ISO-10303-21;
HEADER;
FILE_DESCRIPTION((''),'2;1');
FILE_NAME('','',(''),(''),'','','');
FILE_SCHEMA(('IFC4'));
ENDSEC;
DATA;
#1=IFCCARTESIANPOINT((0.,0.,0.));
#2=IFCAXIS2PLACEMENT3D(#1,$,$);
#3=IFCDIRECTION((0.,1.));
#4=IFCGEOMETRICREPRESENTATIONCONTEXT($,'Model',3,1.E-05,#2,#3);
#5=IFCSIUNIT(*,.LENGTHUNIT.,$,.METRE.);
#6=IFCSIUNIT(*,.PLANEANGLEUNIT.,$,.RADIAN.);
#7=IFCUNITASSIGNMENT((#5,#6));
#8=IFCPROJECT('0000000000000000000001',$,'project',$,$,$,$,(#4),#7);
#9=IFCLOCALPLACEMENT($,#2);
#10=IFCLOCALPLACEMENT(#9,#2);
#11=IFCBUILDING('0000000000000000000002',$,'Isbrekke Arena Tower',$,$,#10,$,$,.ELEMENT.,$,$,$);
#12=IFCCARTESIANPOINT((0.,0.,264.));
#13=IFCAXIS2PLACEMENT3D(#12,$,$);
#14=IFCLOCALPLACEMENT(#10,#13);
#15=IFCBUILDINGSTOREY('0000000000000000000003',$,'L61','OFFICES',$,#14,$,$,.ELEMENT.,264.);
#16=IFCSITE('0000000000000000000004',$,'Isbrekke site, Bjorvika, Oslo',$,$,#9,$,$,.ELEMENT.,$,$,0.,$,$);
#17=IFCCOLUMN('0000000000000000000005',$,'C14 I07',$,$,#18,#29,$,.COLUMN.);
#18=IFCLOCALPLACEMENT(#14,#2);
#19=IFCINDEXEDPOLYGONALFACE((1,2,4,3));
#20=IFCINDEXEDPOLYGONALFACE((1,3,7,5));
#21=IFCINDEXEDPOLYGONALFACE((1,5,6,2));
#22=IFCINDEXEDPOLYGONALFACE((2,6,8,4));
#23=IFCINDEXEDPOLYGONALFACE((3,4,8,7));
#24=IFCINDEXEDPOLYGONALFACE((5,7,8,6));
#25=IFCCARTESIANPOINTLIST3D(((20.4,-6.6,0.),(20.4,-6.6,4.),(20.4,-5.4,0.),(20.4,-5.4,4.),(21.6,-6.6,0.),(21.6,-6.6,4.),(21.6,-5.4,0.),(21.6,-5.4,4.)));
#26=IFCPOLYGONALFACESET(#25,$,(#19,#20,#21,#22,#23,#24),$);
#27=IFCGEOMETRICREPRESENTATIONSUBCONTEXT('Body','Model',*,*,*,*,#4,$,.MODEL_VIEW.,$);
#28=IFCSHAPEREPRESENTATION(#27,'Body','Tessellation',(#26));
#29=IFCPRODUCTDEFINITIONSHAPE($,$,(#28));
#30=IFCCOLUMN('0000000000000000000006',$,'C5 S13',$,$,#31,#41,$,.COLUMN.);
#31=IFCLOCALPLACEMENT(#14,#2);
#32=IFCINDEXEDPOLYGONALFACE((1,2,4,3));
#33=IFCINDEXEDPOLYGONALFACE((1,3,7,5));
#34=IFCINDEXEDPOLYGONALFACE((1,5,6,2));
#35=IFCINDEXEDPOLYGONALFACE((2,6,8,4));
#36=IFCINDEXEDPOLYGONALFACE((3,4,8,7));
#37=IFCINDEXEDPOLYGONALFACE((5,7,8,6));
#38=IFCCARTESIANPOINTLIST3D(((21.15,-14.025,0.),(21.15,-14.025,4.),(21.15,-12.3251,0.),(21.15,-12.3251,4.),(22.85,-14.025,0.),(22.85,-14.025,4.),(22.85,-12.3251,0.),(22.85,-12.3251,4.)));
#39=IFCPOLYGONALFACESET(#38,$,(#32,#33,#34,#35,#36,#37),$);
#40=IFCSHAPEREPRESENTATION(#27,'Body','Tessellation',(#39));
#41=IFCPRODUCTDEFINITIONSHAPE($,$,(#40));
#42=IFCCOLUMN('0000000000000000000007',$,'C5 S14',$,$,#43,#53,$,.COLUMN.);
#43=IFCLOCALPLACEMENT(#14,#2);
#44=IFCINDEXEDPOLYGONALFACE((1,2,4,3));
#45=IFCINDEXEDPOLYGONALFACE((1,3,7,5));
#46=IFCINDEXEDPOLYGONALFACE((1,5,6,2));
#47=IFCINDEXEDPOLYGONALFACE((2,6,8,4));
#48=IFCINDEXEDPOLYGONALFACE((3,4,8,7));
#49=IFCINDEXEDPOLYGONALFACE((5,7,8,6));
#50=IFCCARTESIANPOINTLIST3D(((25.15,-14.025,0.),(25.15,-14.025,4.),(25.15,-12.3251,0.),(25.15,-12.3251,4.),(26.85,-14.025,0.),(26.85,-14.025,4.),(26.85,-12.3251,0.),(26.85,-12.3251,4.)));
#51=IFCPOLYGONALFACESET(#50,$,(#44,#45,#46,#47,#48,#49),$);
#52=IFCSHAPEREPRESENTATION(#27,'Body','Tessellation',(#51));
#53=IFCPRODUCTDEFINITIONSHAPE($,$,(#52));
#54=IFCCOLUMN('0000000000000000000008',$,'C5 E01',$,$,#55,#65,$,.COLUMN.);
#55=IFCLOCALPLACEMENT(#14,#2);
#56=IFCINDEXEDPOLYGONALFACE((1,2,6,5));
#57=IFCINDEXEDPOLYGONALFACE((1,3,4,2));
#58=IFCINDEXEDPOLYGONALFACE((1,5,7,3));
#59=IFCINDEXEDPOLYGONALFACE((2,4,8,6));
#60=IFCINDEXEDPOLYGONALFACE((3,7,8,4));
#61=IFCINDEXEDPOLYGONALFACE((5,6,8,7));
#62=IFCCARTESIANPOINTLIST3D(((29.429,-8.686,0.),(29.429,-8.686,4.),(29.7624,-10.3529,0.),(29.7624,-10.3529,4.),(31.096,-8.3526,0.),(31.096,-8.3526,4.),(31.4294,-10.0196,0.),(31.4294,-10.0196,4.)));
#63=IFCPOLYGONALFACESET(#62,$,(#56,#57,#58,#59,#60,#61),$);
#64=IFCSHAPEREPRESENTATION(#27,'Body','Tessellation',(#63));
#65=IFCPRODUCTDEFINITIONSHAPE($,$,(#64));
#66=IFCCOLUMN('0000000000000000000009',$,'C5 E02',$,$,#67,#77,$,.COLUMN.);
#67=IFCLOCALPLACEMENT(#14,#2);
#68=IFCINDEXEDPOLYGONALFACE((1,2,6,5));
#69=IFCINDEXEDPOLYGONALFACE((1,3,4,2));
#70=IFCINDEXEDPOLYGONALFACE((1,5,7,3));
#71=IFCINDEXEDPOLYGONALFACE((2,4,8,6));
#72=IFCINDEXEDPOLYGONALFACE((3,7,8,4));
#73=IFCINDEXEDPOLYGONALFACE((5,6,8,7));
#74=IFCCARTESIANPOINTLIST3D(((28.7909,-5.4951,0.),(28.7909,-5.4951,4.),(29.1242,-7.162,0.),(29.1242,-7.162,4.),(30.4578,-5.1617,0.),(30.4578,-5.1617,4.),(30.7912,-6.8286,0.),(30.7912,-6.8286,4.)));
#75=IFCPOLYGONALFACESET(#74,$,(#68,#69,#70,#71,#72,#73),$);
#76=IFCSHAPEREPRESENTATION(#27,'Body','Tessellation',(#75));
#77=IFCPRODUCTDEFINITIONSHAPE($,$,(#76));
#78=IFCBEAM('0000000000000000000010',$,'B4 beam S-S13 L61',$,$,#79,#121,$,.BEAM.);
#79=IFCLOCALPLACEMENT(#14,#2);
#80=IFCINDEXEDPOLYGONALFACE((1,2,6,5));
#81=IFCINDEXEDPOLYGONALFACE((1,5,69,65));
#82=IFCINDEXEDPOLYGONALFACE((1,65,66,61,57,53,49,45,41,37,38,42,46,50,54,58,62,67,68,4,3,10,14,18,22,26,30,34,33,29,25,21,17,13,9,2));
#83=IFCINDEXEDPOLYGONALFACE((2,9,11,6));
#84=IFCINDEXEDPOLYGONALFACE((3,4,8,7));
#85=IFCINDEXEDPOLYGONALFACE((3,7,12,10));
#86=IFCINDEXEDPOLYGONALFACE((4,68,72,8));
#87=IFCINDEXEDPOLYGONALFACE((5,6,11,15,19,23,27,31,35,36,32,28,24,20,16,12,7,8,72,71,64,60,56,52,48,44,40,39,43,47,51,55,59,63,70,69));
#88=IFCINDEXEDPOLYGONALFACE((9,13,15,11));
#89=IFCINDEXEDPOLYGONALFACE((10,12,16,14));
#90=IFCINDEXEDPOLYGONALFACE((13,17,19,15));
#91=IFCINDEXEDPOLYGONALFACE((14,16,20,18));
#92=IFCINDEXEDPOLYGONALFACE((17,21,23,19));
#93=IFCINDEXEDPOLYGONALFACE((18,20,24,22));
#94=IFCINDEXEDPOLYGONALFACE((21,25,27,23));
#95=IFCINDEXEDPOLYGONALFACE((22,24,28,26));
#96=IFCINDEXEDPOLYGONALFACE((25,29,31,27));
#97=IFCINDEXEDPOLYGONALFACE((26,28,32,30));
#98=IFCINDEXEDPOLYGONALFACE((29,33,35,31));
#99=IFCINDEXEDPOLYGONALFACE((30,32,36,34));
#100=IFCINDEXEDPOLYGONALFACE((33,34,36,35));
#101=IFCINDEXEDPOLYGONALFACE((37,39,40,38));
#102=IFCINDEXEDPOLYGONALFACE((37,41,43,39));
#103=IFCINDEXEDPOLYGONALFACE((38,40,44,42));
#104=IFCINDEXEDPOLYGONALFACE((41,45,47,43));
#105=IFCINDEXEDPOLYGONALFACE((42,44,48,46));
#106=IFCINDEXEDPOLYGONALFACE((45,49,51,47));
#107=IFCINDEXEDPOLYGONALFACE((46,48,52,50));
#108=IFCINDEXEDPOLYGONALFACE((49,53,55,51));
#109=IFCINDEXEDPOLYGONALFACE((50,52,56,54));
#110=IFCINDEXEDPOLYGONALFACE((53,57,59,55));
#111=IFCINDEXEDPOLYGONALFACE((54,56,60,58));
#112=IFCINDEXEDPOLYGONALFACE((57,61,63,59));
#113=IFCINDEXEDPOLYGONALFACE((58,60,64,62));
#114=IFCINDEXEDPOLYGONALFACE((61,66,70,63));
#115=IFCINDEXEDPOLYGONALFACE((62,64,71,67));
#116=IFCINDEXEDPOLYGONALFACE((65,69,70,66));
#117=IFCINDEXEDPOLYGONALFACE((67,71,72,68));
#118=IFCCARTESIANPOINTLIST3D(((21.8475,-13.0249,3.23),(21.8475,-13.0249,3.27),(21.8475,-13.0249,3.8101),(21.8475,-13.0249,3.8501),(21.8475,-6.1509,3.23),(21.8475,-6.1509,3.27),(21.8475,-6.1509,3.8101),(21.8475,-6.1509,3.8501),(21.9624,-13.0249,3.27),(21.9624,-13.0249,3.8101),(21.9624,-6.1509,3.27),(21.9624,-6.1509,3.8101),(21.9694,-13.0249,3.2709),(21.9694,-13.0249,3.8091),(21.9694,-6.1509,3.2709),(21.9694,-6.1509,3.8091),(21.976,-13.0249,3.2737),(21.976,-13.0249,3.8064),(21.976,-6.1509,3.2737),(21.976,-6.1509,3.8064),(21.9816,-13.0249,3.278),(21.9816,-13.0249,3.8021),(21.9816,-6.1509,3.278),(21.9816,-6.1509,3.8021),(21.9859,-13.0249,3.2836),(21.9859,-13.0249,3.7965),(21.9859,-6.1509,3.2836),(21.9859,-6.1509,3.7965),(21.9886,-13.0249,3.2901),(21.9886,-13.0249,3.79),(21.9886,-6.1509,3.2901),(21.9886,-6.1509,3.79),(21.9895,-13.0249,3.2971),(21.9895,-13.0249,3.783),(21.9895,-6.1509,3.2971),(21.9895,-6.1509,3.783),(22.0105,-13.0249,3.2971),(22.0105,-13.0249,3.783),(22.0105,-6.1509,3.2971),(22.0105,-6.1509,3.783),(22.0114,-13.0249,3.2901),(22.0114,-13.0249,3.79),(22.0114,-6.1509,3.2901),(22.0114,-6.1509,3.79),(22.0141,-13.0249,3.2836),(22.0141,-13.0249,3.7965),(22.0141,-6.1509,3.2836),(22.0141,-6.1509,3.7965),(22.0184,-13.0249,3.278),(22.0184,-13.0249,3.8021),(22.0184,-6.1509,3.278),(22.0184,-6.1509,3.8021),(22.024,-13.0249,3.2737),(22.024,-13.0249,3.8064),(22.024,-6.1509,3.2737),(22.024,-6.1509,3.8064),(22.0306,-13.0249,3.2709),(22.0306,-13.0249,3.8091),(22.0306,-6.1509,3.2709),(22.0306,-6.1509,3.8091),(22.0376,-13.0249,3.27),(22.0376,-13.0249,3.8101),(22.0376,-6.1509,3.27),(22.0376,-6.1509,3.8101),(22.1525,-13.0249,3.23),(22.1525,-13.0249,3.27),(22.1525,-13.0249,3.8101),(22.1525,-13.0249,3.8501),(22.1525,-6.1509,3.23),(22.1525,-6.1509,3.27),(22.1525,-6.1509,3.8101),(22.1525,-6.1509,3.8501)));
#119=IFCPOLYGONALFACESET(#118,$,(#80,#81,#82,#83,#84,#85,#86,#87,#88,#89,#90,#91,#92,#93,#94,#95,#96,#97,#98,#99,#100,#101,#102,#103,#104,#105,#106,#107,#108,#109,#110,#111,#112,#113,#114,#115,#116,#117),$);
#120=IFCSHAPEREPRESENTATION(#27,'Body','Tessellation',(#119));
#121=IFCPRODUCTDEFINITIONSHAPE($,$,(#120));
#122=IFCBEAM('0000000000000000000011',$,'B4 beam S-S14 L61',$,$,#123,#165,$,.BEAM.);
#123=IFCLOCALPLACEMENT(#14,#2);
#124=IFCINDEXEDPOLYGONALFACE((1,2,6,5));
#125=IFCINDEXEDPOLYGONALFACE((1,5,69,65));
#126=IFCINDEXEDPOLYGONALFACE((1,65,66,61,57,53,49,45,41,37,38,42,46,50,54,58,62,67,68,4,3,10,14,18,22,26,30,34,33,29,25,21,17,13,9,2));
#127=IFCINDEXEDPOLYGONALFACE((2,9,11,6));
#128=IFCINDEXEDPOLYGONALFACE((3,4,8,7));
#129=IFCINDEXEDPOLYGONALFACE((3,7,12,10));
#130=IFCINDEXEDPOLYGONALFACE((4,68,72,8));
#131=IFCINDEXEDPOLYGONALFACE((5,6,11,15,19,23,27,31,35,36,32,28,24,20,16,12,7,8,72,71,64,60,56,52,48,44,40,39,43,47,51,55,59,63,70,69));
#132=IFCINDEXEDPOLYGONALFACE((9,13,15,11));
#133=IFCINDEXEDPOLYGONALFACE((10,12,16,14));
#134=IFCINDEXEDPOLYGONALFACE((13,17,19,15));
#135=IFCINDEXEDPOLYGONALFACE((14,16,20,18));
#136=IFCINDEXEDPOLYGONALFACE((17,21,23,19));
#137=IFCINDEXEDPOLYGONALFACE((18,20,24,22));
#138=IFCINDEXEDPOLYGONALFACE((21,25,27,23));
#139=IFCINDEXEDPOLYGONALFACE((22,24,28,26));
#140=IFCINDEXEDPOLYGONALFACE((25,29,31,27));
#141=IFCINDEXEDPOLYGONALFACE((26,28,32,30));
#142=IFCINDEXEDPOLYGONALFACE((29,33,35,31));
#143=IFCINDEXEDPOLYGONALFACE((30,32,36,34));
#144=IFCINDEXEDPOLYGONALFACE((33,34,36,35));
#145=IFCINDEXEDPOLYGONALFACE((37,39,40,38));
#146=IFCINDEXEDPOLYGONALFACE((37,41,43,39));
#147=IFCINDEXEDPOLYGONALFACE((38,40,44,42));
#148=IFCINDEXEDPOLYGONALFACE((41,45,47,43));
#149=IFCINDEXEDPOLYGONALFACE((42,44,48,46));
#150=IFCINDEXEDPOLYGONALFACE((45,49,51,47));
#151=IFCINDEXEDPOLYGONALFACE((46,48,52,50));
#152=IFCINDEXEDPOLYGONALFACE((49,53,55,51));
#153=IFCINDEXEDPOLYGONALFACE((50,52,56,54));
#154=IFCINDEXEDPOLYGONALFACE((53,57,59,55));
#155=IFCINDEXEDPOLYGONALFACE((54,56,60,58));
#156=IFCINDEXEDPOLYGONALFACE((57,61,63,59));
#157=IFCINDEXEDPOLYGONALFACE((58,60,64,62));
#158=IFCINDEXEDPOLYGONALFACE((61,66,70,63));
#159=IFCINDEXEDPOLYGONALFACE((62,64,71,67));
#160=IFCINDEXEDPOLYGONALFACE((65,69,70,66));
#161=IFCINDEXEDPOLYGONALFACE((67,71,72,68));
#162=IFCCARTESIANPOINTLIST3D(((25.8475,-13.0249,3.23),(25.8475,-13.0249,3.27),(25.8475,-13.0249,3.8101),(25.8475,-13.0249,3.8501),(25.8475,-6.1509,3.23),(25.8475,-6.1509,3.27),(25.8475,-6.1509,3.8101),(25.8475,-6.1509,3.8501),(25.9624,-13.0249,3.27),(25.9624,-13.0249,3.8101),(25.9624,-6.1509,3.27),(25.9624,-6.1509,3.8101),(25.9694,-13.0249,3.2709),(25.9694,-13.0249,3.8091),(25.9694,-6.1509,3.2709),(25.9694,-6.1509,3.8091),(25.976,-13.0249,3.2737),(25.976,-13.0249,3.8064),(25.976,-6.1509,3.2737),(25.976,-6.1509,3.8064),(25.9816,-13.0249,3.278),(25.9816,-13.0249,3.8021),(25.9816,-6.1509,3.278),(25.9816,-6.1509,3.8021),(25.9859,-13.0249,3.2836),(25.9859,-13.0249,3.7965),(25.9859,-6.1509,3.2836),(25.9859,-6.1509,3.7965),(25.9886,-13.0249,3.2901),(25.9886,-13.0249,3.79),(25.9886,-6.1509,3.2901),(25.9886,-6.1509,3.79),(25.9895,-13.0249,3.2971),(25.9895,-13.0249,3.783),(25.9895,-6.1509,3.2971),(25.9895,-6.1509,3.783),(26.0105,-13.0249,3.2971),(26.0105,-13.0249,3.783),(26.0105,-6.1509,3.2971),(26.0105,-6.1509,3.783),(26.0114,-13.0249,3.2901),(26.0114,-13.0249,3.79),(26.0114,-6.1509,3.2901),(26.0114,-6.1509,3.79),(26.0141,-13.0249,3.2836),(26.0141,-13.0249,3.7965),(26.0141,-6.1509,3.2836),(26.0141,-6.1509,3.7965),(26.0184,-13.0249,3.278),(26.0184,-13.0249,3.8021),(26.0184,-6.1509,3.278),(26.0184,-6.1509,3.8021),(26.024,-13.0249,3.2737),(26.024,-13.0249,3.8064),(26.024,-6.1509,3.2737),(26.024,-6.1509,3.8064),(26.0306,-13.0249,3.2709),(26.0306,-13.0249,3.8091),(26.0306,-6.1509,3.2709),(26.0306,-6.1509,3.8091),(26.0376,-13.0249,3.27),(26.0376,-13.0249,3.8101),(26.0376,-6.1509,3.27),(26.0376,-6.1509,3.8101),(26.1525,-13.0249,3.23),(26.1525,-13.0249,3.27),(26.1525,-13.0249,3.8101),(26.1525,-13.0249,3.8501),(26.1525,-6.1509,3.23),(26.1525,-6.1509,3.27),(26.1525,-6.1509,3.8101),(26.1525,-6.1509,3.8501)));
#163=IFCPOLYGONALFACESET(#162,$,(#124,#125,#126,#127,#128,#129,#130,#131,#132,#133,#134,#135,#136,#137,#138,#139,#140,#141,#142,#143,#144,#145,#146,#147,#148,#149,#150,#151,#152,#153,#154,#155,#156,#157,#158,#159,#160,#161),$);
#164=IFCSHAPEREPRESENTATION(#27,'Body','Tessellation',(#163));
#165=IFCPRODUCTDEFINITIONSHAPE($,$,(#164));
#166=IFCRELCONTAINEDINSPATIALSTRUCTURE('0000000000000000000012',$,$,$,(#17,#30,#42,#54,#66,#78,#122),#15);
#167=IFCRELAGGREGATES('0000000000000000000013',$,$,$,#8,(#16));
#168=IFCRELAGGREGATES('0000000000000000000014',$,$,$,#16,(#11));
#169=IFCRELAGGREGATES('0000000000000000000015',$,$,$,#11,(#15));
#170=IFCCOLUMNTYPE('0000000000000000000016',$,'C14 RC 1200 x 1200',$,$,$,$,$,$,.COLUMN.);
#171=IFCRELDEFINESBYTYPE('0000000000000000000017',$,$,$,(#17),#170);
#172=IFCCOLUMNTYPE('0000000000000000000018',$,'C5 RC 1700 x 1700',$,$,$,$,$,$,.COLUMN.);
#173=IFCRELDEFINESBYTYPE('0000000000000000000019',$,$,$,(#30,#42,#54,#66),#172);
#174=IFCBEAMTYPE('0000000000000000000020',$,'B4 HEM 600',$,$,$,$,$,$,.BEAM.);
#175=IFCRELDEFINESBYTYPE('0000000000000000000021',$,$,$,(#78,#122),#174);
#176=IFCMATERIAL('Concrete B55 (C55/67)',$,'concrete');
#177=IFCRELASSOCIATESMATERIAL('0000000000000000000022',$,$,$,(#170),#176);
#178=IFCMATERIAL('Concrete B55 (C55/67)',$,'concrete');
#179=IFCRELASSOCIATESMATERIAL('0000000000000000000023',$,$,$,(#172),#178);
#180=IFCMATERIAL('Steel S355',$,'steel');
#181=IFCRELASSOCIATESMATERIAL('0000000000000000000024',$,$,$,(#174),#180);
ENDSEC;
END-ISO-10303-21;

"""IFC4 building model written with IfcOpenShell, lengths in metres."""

from ifc_helpers import new_model, si_unit, direction, frame, origin, origin_2d, place, context, subcontext, project, spatial, rectangle, i_section, extrude, material, material_profile, profile_set, type_object, element, save


model = new_model("IFC4")

# Units and contexts
model_context = context("Model", 3, precision=1e-05, world=origin(), true_north=direction((0.0, 1.0)))
body_context = subcontext(model_context, "Body", "Model", "MODEL_VIEW")
ifc_project = project(units=[si_unit("LENGTHUNIT", "METRE"), si_unit("PLANEANGLEUNIT", "RADIAN")], contexts=[model_context])

# Site, building, storey
site_placement = place(None, origin())
site = spatial("IfcSite", under=ifc_project, at=site_placement, Name="Isbrekke site, Bjorvika, Oslo", CompositionType="ELEMENT", RefElevation=0.0)
building_placement = place(site_placement, origin())
building = spatial("IfcBuilding", under=site, at=building_placement, Name="Isbrekke Arena Tower", CompositionType="ELEMENT")
storey_placement = place(building_placement, frame((0.0, 0.0, 264.0)))
storey = spatial("IfcBuildingStorey", under=building, at=storey_placement, Name="L61", Description="OFFICES", CompositionType="ELEMENT", Elevation=264.0)

# Columns
ifc_material_1 = material(Name="Concrete B55 (C55/67)", Category="concrete")
ifc_material_profile_1 = material_profile(ifc_material_1, rectangle(XDim=1.2, YDim=1.2, at=origin_2d()), Name="RC 1200x1200")
ifc_profile_set_1 = profile_set([ifc_material_profile_1], Name="Concrete B55 (C55/67)")
column_type_1 = type_object("IfcColumnType", Name="C14 RC 1200 x 1200", PredefinedType="COLUMN", material=ifc_profile_set_1)
column_placement = place(storey_placement, frame((21.0, -6.0, 0.0), z_axis=(0.0, 0.0, 1.0), x_axis=(1.0, 0.0, 0.0)))
element("IfcColumn", 1, at=column_placement, inside=storey, type_object=column_type_1, Name="C14 I07", PredefinedType="COLUMN", context=body_context, shape_type="SweptSolid", body=[
    extrude(rectangle(XDim=1.2, YDim=1.2, at=origin_2d()), origin(), (0.0, 0.0, 1.0), 4.0),
])
ifc_material_2 = material(Name="Concrete B55 (C55/67)", Category="concrete")
ifc_material_profile_2 = material_profile(ifc_material_2, rectangle(XDim=1.7, YDim=1.7, at=origin_2d()), Name="RC 1700x1700")
ifc_profile_set_2 = profile_set([ifc_material_profile_2], Name="Concrete B55 (C55/67)")
column_type_2 = type_object("IfcColumnType", Name="C5 RC 1700 x 1700", PredefinedType="COLUMN", material=ifc_profile_set_2)
for number, where, z_axis, x_axis, name in (
    (2, (22.0, -13.175, 0.0), (0.0, 0.0, 1.0), (1.0, 0.0, 0.0), "C5 S13"),
    (3, (26.0, -13.175, 0.0), (0.0, 0.0, 1.0), (1.0, 0.0, 0.0), "C5 S14"),
    (4, (30.4292, -9.3528, 0.0), (0.0, 0.0, 1.0), (-0.196116, 0.980581, 0.0), "C5 E01"),
    (5, (29.791, -6.1619, 0.0), (0.0, 0.0, 1.0), (-0.196116, 0.980581, 0.0), "C5 E02"),
):
    element("IfcColumn", number, at=place(storey_placement, frame(where, z_axis=z_axis, x_axis=x_axis)), inside=storey, type_object=column_type_2, Name=name, PredefinedType="COLUMN", context=body_context, shape_type="SweptSolid", body=[
        extrude(rectangle(XDim=1.7, YDim=1.7, at=origin_2d()), origin(), (0.0, 0.0, 1.0), 4.0),
    ])

# Beams
ifc_material_3 = material(Name="Steel S355", Category="steel")
ifc_material_profile_3 = material_profile(ifc_material_3, i_section(OverallWidth=0.3049, OverallDepth=0.6201, WebThickness=0.021, FlangeThickness=0.04, FilletRadius=0.0271, at=origin_2d()), Name="HEM 600")
ifc_profile_set_3 = profile_set([ifc_material_profile_3], Name="Steel S355")
beam_type_1 = type_object("IfcBeamType", Name="B4 HEM 600", PredefinedType="BEAM", material=ifc_profile_set_3)
for number, where, z_axis, x_axis, name in (
    (6, (22.0, -13.0249, 3.54), (0.0, 1.0, 0.0), (-1.0, 0.0, 0.0), "B4 beam S-S13 L61"),
    (7, (26.0, -13.0249, 3.54), (0.0, 1.0, 0.0), (-1.0, 0.0, 0.0), "B4 beam S-S14 L61"),
):
    element("IfcBeam", number, at=place(storey_placement, frame(where, z_axis=z_axis, x_axis=x_axis)), inside=storey, type_object=beam_type_1, Name=name, PredefinedType="BEAM", context=body_context, shape_type="SweptSolid", body=[
        extrude(i_section(OverallWidth=0.3049, OverallDepth=0.6201, WebThickness=0.021, FlangeThickness=0.04, FilletRadius=0.0271, at=origin_2d()), origin(), (0.0, 0.0, 1.0), 6.874),
    ])

save(model, "model.ifc")
